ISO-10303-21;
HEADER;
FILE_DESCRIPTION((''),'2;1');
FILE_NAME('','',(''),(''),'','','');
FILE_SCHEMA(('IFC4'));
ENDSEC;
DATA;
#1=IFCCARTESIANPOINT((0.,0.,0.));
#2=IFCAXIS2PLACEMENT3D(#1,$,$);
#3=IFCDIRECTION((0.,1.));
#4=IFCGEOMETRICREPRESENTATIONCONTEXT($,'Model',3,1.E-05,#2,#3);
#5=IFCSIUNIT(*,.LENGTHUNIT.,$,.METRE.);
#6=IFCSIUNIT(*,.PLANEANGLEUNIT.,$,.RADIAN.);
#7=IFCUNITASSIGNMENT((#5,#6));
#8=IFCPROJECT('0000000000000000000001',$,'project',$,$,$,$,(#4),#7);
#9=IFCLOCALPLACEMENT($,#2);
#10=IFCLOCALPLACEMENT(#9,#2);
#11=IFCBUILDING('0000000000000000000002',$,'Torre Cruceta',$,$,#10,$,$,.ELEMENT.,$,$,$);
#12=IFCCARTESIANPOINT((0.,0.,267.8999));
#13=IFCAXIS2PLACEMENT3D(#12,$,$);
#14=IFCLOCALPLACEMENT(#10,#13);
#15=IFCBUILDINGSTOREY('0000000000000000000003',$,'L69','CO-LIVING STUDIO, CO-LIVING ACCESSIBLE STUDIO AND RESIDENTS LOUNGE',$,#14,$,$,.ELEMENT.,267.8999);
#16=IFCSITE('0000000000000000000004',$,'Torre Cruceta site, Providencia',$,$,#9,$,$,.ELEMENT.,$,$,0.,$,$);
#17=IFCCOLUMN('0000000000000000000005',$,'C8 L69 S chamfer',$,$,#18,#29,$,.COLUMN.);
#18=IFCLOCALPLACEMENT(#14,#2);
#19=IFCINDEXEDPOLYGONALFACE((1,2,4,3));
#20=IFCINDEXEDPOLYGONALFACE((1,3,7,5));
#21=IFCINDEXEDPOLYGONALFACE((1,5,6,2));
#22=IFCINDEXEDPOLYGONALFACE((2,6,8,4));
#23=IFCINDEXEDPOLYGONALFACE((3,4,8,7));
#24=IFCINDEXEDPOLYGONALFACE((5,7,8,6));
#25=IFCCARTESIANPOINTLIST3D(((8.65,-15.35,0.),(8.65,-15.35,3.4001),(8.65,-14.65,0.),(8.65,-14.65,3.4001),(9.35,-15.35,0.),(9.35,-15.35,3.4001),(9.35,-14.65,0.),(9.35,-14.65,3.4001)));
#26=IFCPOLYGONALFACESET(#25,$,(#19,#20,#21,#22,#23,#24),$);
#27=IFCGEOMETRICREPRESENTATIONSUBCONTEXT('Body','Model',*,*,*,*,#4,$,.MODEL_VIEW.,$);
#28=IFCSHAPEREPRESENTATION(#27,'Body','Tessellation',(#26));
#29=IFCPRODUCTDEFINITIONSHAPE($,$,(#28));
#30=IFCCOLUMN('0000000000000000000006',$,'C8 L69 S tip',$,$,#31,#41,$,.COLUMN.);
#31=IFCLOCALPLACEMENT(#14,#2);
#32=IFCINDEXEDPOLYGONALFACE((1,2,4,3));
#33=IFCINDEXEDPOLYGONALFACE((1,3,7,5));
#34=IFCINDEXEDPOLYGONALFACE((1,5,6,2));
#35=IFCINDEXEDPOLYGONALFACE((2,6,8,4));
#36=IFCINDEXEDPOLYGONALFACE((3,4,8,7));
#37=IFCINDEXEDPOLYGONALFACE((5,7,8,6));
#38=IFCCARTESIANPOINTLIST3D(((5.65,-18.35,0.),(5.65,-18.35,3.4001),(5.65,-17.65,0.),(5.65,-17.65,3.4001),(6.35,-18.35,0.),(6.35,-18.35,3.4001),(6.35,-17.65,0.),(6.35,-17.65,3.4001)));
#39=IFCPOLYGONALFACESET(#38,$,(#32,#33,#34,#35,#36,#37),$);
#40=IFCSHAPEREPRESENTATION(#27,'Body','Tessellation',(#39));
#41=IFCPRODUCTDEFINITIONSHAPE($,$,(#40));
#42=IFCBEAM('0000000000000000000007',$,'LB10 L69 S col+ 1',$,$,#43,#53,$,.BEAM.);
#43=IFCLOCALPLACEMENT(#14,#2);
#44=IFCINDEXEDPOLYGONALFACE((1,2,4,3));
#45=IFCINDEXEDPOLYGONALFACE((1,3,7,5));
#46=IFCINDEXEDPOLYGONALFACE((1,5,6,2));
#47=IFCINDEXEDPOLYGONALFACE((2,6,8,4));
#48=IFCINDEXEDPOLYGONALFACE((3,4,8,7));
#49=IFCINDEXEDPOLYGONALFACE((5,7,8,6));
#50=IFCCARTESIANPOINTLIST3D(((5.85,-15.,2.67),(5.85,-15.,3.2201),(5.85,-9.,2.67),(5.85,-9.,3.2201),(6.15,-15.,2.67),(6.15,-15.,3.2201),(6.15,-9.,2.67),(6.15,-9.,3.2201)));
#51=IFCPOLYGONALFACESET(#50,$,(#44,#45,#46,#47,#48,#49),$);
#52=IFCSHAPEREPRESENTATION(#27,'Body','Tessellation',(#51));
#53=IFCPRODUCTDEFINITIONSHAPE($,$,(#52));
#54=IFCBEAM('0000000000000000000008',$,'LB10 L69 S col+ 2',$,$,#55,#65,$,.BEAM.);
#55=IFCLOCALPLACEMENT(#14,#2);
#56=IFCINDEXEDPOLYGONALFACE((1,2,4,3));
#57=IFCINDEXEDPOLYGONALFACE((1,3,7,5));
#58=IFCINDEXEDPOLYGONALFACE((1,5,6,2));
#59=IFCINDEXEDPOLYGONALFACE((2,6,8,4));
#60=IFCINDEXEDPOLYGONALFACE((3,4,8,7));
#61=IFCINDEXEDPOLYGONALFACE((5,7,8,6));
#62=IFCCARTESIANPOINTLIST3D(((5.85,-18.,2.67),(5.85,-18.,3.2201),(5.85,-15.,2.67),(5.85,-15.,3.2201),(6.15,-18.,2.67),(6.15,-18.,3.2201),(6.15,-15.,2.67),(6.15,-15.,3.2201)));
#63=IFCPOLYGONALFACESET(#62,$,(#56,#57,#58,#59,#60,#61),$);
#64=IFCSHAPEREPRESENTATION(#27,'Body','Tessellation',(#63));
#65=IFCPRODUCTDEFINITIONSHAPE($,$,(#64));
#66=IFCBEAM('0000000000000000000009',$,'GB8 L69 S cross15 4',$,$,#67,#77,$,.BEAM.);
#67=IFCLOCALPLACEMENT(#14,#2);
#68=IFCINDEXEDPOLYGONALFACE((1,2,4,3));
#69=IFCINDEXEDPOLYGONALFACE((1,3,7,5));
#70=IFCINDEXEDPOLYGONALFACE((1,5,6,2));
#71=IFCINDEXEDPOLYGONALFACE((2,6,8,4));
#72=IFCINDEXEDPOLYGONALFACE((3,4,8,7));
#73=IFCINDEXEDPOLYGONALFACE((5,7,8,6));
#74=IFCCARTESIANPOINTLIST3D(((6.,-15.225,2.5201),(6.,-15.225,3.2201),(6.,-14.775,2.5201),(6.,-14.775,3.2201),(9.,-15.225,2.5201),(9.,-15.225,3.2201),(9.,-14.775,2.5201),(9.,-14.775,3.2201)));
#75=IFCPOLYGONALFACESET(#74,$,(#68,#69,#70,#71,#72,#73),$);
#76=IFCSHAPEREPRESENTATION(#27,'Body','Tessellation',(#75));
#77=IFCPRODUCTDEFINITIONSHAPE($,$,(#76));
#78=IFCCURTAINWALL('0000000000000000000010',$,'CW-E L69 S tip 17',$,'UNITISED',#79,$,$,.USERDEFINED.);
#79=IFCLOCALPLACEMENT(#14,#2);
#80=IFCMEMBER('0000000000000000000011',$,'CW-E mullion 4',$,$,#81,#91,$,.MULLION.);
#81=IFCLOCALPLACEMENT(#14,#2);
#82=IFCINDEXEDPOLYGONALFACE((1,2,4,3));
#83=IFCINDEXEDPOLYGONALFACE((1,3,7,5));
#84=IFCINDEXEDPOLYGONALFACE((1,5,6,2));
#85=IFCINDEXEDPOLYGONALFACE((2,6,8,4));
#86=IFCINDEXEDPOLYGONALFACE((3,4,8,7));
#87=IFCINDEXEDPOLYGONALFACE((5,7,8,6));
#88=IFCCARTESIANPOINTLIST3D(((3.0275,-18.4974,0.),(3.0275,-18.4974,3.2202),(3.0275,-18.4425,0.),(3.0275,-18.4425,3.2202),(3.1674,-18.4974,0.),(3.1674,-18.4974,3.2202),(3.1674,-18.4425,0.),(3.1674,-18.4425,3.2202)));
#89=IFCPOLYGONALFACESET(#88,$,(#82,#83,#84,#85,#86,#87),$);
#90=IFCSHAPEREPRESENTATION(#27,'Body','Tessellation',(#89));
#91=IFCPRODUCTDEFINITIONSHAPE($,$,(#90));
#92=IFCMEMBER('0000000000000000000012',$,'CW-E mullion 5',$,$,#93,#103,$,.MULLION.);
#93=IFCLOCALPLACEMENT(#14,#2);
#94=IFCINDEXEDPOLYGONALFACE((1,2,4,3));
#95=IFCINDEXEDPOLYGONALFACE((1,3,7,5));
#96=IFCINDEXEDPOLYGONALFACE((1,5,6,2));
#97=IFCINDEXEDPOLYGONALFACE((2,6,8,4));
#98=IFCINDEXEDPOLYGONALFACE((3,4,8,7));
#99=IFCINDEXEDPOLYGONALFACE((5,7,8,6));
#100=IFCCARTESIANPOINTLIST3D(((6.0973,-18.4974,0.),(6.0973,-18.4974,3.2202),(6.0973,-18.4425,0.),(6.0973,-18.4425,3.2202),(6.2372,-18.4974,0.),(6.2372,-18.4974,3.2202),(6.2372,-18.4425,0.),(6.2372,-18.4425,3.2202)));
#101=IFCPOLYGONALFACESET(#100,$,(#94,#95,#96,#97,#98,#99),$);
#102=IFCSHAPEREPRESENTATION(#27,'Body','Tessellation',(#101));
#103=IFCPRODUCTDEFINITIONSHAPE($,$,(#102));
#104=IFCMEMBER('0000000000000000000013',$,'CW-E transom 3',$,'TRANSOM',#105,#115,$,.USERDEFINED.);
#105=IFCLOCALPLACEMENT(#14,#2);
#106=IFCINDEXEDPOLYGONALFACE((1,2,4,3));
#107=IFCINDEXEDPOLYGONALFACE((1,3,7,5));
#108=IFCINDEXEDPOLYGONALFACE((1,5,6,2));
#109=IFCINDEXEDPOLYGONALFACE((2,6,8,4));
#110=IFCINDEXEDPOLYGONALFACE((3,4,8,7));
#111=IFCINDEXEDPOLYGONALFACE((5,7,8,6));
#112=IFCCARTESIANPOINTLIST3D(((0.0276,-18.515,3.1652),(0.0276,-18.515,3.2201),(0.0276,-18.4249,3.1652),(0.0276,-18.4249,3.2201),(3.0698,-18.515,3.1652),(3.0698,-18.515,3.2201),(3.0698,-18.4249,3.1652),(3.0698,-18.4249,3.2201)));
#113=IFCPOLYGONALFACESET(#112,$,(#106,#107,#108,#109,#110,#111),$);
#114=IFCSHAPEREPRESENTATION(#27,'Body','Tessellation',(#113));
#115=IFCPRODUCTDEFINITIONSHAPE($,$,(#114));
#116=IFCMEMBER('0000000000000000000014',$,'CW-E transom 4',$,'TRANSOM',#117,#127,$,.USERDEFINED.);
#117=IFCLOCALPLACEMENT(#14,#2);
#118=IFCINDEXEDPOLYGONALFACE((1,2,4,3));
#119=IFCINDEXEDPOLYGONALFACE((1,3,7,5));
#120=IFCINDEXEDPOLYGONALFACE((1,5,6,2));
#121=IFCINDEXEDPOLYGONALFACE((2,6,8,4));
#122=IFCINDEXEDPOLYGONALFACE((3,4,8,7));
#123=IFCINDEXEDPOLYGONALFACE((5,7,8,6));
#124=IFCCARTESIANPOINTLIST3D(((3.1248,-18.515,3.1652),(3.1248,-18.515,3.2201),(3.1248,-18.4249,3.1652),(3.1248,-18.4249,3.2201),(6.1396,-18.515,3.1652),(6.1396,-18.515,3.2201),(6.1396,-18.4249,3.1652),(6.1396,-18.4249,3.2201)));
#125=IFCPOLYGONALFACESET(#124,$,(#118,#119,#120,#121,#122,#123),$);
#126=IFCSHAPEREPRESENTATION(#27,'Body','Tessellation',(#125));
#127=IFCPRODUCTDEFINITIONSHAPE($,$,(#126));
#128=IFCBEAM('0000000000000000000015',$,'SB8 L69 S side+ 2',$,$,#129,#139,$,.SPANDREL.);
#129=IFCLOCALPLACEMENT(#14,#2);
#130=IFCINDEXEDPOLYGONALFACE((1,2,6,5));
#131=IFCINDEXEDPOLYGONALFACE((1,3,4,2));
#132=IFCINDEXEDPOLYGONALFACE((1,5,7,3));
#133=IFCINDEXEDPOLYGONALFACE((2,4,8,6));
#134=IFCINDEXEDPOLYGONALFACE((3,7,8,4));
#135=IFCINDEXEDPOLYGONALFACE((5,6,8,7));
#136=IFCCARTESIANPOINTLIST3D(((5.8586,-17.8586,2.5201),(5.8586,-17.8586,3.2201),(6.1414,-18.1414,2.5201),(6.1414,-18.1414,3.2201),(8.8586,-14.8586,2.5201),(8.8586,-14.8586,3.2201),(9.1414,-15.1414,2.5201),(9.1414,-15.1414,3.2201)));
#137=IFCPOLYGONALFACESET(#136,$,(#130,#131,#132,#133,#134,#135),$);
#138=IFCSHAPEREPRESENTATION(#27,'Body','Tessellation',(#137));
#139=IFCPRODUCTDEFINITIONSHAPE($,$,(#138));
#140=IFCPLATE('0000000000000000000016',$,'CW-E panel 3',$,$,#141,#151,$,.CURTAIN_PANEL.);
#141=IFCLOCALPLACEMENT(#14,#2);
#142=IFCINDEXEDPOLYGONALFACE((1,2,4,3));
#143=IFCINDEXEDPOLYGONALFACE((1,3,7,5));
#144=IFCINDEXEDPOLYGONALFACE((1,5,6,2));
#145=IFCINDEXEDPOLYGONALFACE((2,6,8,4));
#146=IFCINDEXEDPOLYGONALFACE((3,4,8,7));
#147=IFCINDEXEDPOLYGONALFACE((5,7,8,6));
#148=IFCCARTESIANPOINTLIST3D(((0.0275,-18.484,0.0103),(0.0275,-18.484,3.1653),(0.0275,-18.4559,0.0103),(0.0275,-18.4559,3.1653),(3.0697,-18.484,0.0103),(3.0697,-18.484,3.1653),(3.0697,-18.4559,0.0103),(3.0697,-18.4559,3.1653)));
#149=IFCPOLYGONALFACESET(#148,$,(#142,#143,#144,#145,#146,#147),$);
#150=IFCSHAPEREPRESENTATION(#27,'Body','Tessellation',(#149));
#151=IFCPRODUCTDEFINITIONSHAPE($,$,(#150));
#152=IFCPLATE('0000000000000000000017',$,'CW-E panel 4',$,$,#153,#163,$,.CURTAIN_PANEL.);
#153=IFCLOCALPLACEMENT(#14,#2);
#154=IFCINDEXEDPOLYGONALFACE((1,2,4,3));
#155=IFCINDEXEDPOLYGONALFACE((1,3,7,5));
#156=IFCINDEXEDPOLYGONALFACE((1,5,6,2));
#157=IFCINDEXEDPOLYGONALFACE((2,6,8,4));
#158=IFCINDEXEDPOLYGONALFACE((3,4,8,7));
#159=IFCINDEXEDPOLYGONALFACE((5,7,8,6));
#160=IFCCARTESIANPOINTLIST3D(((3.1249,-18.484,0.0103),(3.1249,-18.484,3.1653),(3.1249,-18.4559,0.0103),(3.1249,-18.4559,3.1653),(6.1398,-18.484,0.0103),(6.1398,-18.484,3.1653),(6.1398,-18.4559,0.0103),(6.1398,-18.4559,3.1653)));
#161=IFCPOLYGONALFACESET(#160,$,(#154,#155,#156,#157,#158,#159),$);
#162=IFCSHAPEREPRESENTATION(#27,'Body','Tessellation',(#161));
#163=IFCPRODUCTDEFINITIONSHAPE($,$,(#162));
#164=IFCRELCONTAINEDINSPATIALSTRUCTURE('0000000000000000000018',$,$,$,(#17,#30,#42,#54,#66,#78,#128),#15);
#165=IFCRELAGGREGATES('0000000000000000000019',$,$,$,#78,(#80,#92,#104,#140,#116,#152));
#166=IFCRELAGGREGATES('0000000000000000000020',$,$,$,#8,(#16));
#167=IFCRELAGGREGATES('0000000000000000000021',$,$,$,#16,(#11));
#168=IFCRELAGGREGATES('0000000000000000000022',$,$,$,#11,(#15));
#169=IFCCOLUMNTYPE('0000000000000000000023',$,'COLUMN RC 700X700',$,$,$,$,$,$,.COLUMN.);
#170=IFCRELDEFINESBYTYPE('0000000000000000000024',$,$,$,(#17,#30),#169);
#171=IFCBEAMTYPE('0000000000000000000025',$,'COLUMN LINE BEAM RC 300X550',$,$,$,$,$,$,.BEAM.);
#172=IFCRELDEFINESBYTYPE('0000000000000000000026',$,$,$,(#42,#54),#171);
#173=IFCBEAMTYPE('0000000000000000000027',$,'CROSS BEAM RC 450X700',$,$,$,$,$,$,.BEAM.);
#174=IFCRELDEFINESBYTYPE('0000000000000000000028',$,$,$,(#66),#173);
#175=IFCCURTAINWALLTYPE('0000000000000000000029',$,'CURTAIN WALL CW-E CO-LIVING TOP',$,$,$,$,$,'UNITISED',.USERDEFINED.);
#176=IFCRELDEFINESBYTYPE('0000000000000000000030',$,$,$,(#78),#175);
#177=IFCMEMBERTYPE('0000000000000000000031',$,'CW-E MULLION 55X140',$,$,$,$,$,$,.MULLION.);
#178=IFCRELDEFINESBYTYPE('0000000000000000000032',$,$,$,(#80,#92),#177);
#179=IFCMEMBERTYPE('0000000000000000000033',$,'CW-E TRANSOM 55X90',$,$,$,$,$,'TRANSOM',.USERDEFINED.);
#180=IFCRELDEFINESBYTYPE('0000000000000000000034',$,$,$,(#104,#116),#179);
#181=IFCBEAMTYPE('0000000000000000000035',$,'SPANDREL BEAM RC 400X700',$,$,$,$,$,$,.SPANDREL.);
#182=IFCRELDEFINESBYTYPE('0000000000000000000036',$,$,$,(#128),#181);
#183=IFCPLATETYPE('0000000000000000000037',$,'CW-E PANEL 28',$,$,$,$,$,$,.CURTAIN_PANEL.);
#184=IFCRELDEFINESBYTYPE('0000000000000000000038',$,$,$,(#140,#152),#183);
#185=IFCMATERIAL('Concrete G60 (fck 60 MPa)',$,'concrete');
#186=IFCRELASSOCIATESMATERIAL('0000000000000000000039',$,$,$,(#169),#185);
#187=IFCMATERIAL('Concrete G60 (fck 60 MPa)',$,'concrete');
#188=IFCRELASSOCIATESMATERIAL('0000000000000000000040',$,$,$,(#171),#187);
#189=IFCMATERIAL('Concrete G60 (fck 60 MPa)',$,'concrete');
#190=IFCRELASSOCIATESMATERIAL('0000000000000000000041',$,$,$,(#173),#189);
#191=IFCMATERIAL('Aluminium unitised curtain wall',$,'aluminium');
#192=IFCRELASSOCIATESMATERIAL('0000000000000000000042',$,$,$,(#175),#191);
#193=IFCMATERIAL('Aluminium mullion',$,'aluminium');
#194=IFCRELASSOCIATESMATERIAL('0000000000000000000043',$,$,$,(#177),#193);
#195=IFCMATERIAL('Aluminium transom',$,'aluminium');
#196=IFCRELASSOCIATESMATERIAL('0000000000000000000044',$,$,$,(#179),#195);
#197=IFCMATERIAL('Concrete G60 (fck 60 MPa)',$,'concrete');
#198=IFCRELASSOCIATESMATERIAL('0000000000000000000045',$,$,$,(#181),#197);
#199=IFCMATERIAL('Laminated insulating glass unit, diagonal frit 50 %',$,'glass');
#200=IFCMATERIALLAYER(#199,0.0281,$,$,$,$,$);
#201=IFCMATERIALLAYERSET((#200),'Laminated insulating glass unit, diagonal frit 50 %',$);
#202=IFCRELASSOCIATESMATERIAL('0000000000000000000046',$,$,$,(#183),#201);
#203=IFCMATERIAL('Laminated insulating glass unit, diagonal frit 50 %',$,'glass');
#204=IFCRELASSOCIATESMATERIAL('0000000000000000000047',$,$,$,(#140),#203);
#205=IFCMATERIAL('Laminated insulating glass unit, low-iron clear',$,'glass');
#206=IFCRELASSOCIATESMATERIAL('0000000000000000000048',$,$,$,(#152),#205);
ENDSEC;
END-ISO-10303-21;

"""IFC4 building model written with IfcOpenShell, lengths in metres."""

from ifc_helpers import new_model, si_unit, direction, frame, origin, origin_2d, place, context, subcontext, project, spatial, rectangle, extrude, material, layer, layer_set, material_profile, profile_set, type_object, element, aggregate, save


model = new_model("IFC4")

# Units and contexts
model_context = context("Model", 3, precision=1e-05, world=origin(), true_north=direction((0.0, 1.0)))
body_context = subcontext(model_context, "Body", "Model", "MODEL_VIEW")
ifc_project = project(units=[si_unit("LENGTHUNIT", "METRE"), si_unit("PLANEANGLEUNIT", "RADIAN")], contexts=[model_context])

# Site, building, storey
site_placement = place(None, origin())
site = spatial("IfcSite", under=ifc_project, at=site_placement, Name="Torre Cruceta site, Providencia", CompositionType="ELEMENT", RefElevation=0.0)
building_placement = place(site_placement, origin())
building = spatial("IfcBuilding", under=site, at=building_placement, Name="Torre Cruceta", CompositionType="ELEMENT")
storey_placement = place(building_placement, frame((0.0, 0.0, 267.8999)))
storey = spatial("IfcBuildingStorey", under=building, at=storey_placement, Name="L69", Description="CO-LIVING STUDIO, CO-LIVING ACCESSIBLE STUDIO AND RESIDENTS LOUNGE", CompositionType="ELEMENT", Elevation=267.8999)

# Columns
ifc_material_1 = material(Name="Concrete G60 (fck 60 MPa)", Category="concrete")
ifc_material_profile_1 = material_profile(ifc_material_1, rectangle(XDim=0.7, YDim=0.7, at=origin_2d()), Name="RC 700X700")
ifc_profile_set_1 = profile_set([ifc_material_profile_1], Name="Concrete G60 (fck 60 MPa)")
column_type = type_object("IfcColumnType", Name="COLUMN RC 700X700", PredefinedType="COLUMN", material=ifc_profile_set_1)
for number, where, z_axis, x_axis, name in (
    (1, (9.0, -15.0, 0.0), (0.0, 0.0, 1.0), (1.0, 0.0, 0.0), "C8 L69 S chamfer"),
    (2, (6.0, -18.0, 0.0), (0.0, 0.0, 1.0), (1.0, 0.0, 0.0), "C8 L69 S tip"),
):
    element("IfcColumn", number, at=place(storey_placement, frame(where, z_axis=z_axis, x_axis=x_axis)), inside=storey, type_object=column_type, Name=name, PredefinedType="COLUMN", context=body_context, shape_type="SweptSolid", body=[
        extrude(rectangle(XDim=0.7, YDim=0.7, at=origin_2d()), origin(), (0.0, 0.0, 1.0), 3.4001),
    ])

# Beams
ifc_material_2 = material(Name="Concrete G60 (fck 60 MPa)", Category="concrete")
ifc_material_profile_2 = material_profile(ifc_material_2, rectangle(XDim=0.3, YDim=0.55, at=origin_2d()), Name="RC 300X550")
ifc_profile_set_2 = profile_set([ifc_material_profile_2], Name="Concrete G60 (fck 60 MPa)")
beam_type_1 = type_object("IfcBeamType", Name="COLUMN LINE BEAM RC 300X550", PredefinedType="BEAM", material=ifc_profile_set_2)
beam_1_placement = place(storey_placement, frame((6.0, -9.0, 2.9451), z_axis=(0.0, -1.0, 0.0), x_axis=(1.0, 0.0, 0.0)))
element("IfcBeam", 3, at=beam_1_placement, inside=storey, type_object=beam_type_1, Name="LB10 L69 S col+ 1", PredefinedType="BEAM", context=body_context, shape_type="SweptSolid", body=[
    extrude(rectangle(XDim=0.3, YDim=0.55, at=origin_2d()), origin(), (0.0, 0.0, 1.0), 6.0),
])
beam_2_placement = place(storey_placement, frame((6.0, -15.0, 2.9451), z_axis=(0.0, -1.0, 0.0), x_axis=(1.0, 0.0, 0.0)))
element("IfcBeam", 4, at=beam_2_placement, inside=storey, type_object=beam_type_1, Name="LB10 L69 S col+ 2", PredefinedType="BEAM", context=body_context, shape_type="SweptSolid", body=[
    extrude(rectangle(XDim=0.3, YDim=0.55, at=origin_2d()), origin(), (0.0, 0.0, 1.0), 3.0),
])
ifc_material_3 = material(Name="Concrete G60 (fck 60 MPa)", Category="concrete")
ifc_material_profile_3 = material_profile(ifc_material_3, rectangle(XDim=0.45, YDim=0.7, at=origin_2d()), Name="RC 450X700")
ifc_profile_set_3 = profile_set([ifc_material_profile_3], Name="Concrete G60 (fck 60 MPa)")
beam_type_2 = type_object("IfcBeamType", Name="CROSS BEAM RC 450X700", PredefinedType="BEAM", material=ifc_profile_set_3)
beam_3_placement = place(storey_placement, frame((6.0, -15.0, 2.8701), z_axis=(1.0, 0.0, 0.0), x_axis=(0.0, 1.0, 0.0)))
element("IfcBeam", 5, at=beam_3_placement, inside=storey, type_object=beam_type_2, Name="GB8 L69 S cross15 4", PredefinedType="BEAM", context=body_context, shape_type="SweptSolid", body=[
    extrude(rectangle(XDim=0.45, YDim=0.7, at=origin_2d()), origin(), (0.0, 0.0, 1.0), 3.0),
])

# Curtain wall, members
ifc_material_4 = material(Name="Aluminium unitised curtain wall", Category="aluminium")
curtain_wall_type = type_object("IfcCurtainWallType", Name="CURTAIN WALL CW-E CO-LIVING TOP", ElementType="UNITISED", PredefinedType="USERDEFINED", material=ifc_material_4)
curtain_wall_placement = place(storey_placement, origin())
curtain_wall = element("IfcCurtainWall", 6, at=curtain_wall_placement, inside=storey, type_object=curtain_wall_type, Name="CW-E L69 S tip 17", ObjectType="UNITISED", PredefinedType="USERDEFINED")
ifc_material_5 = material(Name="Aluminium mullion", Category="aluminium")
ifc_material_profile_4 = material_profile(ifc_material_5, rectangle(XDim=0.0549, YDim=0.1399, at=origin_2d()), Name="AL 55X140")
ifc_profile_set_4 = profile_set([ifc_material_profile_4], Name="Aluminium mullion")
member_type_1 = type_object("IfcMemberType", Name="CW-E MULLION 55X140", PredefinedType="MULLION", material=ifc_profile_set_4)
member_1_placement = place(storey_placement, frame((3.0974, -18.47, 0.0), z_axis=(0.0, 0.0, 1.0), x_axis=(0.0, 1.0, 0.0)))
member_1 = element("IfcMember", 7, at=member_1_placement, type_object=member_type_1, Name="CW-E mullion 4", PredefinedType="MULLION", context=body_context, shape_type="SweptSolid", body=[
    extrude(rectangle(XDim=0.0549, YDim=0.1399, at=origin_2d()), origin(), (0.0, 0.0, 1.0), 3.2202),
])
member_2_placement = place(storey_placement, frame((6.1672, -18.47, 0.0), z_axis=(0.0, 0.0, 1.0), x_axis=(0.0, 1.0, 0.0)))
member_2 = element("IfcMember", 8, at=member_2_placement, type_object=member_type_1, Name="CW-E mullion 5", PredefinedType="MULLION", context=body_context, shape_type="SweptSolid", body=[
    extrude(rectangle(XDim=0.0549, YDim=0.1399, at=origin_2d()), origin(), (0.0, 0.0, 1.0), 3.2202),
])
ifc_material_6 = material(Name="Aluminium transom", Category="aluminium")
ifc_material_profile_5 = material_profile(ifc_material_6, rectangle(XDim=0.0901, YDim=0.0549, at=origin_2d()), Name="AL 90X55")
ifc_profile_set_5 = profile_set([ifc_material_profile_5], Name="Aluminium transom")
member_type_2 = type_object("IfcMemberType", Name="CW-E TRANSOM 55X90", ElementType="TRANSOM", PredefinedType="USERDEFINED", material=ifc_profile_set_5)
member_3_placement = place(storey_placement, frame((0.0276, -18.47, 3.1926), z_axis=(1.0, 0.0, 0.0), x_axis=(0.0, 1.0, 0.0)))
member_3 = element("IfcMember", 9, at=member_3_placement, type_object=member_type_2, Name="CW-E transom 3", ObjectType="TRANSOM", PredefinedType="USERDEFINED", context=body_context, shape_type="SweptSolid", body=[
    extrude(rectangle(XDim=0.0901, YDim=0.0549, at=origin_2d()), origin(), (0.0, 0.0, 1.0), 3.0422),
])
member_4_placement = place(storey_placement, frame((3.1248, -18.47, 3.1926), z_axis=(1.0, 0.0, 0.0), x_axis=(0.0, 1.0, 0.0)))
member_4 = element("IfcMember", 10, at=member_4_placement, type_object=member_type_2, Name="CW-E transom 4", ObjectType="TRANSOM", PredefinedType="USERDEFINED", context=body_context, shape_type="SweptSolid", body=[
    extrude(rectangle(XDim=0.0901, YDim=0.0549, at=origin_2d()), origin(), (0.0, 0.0, 1.0), 3.0149),
])

# Beam
ifc_material_7 = material(Name="Concrete G60 (fck 60 MPa)", Category="concrete")
ifc_material_profile_6 = material_profile(ifc_material_7, rectangle(XDim=0.3999, YDim=0.7, at=origin_2d()), Name="RC 400X700")
ifc_profile_set_6 = profile_set([ifc_material_profile_6], Name="Concrete G60 (fck 60 MPa)")
beam_type_3 = type_object("IfcBeamType", Name="SPANDREL BEAM RC 400X700", PredefinedType="SPANDREL", material=ifc_profile_set_6)
beam_4_placement = place(storey_placement, frame((9.0, -15.0, 2.8701), z_axis=(-0.707107, -0.707107, 0.0), x_axis=(0.707107, -0.707107, 0.0)))
element("IfcBeam", 11, at=beam_4_placement, inside=storey, type_object=beam_type_3, Name="SB8 L69 S side+ 2", PredefinedType="SPANDREL", context=body_context, shape_type="SweptSolid", body=[
    extrude(rectangle(XDim=0.3999, YDim=0.7, at=origin_2d()), origin(), (0.0, 0.0, 1.0), 4.2427),
])

# Plates
ifc_material_8 = material(Name="Laminated insulating glass unit, diagonal frit 50 %", Category="glass")
ifc_material_9 = material(Name="Laminated insulating glass unit, diagonal frit 50 %", Category="glass")
ifc_layer_1 = layer(ifc_material_9, 0.0281)
ifc_layer_set_1 = layer_set([ifc_layer_1], Name="Laminated insulating glass unit, diagonal frit 50 %")
plate_type = type_object("IfcPlateType", Name="CW-E PANEL 28", PredefinedType="CURTAIN_PANEL", material=ifc_layer_set_1)
plate_1_placement = place(storey_placement, frame((1.5486, -18.47, 0.0103), z_axis=(0.0, 0.0, 1.0), x_axis=(1.0, 0.0, 0.0)))
plate_1 = element("IfcPlate", 12, at=plate_1_placement, type_object=plate_type, material=ifc_material_8, Name="CW-E panel 3", PredefinedType="CURTAIN_PANEL", context=body_context, shape_type="SweptSolid", body=[
    extrude(rectangle(XDim=3.0422, YDim=0.0281, at=origin_2d()), origin(), (0.0, 0.0, 1.0), 3.155),
])
ifc_material_10 = material(Name="Laminated insulating glass unit, low-iron clear", Category="glass")
plate_2_placement = place(storey_placement, frame((4.6323, -18.47, 0.0103), z_axis=(0.0, 0.0, 1.0), x_axis=(1.0, 0.0, 0.0)))
plate_2 = element("IfcPlate", 13, at=plate_2_placement, type_object=plate_type, material=ifc_material_10, Name="CW-E panel 4", PredefinedType="CURTAIN_PANEL", context=body_context, shape_type="SweptSolid", body=[
    extrude(rectangle(XDim=3.0149, YDim=0.0281, at=origin_2d()), origin(), (0.0, 0.0, 1.0), 3.155),
])
aggregate(curtain_wall, [member_1, member_2, member_3, plate_1, member_4, plate_2])

save(model, "model.ifc")
